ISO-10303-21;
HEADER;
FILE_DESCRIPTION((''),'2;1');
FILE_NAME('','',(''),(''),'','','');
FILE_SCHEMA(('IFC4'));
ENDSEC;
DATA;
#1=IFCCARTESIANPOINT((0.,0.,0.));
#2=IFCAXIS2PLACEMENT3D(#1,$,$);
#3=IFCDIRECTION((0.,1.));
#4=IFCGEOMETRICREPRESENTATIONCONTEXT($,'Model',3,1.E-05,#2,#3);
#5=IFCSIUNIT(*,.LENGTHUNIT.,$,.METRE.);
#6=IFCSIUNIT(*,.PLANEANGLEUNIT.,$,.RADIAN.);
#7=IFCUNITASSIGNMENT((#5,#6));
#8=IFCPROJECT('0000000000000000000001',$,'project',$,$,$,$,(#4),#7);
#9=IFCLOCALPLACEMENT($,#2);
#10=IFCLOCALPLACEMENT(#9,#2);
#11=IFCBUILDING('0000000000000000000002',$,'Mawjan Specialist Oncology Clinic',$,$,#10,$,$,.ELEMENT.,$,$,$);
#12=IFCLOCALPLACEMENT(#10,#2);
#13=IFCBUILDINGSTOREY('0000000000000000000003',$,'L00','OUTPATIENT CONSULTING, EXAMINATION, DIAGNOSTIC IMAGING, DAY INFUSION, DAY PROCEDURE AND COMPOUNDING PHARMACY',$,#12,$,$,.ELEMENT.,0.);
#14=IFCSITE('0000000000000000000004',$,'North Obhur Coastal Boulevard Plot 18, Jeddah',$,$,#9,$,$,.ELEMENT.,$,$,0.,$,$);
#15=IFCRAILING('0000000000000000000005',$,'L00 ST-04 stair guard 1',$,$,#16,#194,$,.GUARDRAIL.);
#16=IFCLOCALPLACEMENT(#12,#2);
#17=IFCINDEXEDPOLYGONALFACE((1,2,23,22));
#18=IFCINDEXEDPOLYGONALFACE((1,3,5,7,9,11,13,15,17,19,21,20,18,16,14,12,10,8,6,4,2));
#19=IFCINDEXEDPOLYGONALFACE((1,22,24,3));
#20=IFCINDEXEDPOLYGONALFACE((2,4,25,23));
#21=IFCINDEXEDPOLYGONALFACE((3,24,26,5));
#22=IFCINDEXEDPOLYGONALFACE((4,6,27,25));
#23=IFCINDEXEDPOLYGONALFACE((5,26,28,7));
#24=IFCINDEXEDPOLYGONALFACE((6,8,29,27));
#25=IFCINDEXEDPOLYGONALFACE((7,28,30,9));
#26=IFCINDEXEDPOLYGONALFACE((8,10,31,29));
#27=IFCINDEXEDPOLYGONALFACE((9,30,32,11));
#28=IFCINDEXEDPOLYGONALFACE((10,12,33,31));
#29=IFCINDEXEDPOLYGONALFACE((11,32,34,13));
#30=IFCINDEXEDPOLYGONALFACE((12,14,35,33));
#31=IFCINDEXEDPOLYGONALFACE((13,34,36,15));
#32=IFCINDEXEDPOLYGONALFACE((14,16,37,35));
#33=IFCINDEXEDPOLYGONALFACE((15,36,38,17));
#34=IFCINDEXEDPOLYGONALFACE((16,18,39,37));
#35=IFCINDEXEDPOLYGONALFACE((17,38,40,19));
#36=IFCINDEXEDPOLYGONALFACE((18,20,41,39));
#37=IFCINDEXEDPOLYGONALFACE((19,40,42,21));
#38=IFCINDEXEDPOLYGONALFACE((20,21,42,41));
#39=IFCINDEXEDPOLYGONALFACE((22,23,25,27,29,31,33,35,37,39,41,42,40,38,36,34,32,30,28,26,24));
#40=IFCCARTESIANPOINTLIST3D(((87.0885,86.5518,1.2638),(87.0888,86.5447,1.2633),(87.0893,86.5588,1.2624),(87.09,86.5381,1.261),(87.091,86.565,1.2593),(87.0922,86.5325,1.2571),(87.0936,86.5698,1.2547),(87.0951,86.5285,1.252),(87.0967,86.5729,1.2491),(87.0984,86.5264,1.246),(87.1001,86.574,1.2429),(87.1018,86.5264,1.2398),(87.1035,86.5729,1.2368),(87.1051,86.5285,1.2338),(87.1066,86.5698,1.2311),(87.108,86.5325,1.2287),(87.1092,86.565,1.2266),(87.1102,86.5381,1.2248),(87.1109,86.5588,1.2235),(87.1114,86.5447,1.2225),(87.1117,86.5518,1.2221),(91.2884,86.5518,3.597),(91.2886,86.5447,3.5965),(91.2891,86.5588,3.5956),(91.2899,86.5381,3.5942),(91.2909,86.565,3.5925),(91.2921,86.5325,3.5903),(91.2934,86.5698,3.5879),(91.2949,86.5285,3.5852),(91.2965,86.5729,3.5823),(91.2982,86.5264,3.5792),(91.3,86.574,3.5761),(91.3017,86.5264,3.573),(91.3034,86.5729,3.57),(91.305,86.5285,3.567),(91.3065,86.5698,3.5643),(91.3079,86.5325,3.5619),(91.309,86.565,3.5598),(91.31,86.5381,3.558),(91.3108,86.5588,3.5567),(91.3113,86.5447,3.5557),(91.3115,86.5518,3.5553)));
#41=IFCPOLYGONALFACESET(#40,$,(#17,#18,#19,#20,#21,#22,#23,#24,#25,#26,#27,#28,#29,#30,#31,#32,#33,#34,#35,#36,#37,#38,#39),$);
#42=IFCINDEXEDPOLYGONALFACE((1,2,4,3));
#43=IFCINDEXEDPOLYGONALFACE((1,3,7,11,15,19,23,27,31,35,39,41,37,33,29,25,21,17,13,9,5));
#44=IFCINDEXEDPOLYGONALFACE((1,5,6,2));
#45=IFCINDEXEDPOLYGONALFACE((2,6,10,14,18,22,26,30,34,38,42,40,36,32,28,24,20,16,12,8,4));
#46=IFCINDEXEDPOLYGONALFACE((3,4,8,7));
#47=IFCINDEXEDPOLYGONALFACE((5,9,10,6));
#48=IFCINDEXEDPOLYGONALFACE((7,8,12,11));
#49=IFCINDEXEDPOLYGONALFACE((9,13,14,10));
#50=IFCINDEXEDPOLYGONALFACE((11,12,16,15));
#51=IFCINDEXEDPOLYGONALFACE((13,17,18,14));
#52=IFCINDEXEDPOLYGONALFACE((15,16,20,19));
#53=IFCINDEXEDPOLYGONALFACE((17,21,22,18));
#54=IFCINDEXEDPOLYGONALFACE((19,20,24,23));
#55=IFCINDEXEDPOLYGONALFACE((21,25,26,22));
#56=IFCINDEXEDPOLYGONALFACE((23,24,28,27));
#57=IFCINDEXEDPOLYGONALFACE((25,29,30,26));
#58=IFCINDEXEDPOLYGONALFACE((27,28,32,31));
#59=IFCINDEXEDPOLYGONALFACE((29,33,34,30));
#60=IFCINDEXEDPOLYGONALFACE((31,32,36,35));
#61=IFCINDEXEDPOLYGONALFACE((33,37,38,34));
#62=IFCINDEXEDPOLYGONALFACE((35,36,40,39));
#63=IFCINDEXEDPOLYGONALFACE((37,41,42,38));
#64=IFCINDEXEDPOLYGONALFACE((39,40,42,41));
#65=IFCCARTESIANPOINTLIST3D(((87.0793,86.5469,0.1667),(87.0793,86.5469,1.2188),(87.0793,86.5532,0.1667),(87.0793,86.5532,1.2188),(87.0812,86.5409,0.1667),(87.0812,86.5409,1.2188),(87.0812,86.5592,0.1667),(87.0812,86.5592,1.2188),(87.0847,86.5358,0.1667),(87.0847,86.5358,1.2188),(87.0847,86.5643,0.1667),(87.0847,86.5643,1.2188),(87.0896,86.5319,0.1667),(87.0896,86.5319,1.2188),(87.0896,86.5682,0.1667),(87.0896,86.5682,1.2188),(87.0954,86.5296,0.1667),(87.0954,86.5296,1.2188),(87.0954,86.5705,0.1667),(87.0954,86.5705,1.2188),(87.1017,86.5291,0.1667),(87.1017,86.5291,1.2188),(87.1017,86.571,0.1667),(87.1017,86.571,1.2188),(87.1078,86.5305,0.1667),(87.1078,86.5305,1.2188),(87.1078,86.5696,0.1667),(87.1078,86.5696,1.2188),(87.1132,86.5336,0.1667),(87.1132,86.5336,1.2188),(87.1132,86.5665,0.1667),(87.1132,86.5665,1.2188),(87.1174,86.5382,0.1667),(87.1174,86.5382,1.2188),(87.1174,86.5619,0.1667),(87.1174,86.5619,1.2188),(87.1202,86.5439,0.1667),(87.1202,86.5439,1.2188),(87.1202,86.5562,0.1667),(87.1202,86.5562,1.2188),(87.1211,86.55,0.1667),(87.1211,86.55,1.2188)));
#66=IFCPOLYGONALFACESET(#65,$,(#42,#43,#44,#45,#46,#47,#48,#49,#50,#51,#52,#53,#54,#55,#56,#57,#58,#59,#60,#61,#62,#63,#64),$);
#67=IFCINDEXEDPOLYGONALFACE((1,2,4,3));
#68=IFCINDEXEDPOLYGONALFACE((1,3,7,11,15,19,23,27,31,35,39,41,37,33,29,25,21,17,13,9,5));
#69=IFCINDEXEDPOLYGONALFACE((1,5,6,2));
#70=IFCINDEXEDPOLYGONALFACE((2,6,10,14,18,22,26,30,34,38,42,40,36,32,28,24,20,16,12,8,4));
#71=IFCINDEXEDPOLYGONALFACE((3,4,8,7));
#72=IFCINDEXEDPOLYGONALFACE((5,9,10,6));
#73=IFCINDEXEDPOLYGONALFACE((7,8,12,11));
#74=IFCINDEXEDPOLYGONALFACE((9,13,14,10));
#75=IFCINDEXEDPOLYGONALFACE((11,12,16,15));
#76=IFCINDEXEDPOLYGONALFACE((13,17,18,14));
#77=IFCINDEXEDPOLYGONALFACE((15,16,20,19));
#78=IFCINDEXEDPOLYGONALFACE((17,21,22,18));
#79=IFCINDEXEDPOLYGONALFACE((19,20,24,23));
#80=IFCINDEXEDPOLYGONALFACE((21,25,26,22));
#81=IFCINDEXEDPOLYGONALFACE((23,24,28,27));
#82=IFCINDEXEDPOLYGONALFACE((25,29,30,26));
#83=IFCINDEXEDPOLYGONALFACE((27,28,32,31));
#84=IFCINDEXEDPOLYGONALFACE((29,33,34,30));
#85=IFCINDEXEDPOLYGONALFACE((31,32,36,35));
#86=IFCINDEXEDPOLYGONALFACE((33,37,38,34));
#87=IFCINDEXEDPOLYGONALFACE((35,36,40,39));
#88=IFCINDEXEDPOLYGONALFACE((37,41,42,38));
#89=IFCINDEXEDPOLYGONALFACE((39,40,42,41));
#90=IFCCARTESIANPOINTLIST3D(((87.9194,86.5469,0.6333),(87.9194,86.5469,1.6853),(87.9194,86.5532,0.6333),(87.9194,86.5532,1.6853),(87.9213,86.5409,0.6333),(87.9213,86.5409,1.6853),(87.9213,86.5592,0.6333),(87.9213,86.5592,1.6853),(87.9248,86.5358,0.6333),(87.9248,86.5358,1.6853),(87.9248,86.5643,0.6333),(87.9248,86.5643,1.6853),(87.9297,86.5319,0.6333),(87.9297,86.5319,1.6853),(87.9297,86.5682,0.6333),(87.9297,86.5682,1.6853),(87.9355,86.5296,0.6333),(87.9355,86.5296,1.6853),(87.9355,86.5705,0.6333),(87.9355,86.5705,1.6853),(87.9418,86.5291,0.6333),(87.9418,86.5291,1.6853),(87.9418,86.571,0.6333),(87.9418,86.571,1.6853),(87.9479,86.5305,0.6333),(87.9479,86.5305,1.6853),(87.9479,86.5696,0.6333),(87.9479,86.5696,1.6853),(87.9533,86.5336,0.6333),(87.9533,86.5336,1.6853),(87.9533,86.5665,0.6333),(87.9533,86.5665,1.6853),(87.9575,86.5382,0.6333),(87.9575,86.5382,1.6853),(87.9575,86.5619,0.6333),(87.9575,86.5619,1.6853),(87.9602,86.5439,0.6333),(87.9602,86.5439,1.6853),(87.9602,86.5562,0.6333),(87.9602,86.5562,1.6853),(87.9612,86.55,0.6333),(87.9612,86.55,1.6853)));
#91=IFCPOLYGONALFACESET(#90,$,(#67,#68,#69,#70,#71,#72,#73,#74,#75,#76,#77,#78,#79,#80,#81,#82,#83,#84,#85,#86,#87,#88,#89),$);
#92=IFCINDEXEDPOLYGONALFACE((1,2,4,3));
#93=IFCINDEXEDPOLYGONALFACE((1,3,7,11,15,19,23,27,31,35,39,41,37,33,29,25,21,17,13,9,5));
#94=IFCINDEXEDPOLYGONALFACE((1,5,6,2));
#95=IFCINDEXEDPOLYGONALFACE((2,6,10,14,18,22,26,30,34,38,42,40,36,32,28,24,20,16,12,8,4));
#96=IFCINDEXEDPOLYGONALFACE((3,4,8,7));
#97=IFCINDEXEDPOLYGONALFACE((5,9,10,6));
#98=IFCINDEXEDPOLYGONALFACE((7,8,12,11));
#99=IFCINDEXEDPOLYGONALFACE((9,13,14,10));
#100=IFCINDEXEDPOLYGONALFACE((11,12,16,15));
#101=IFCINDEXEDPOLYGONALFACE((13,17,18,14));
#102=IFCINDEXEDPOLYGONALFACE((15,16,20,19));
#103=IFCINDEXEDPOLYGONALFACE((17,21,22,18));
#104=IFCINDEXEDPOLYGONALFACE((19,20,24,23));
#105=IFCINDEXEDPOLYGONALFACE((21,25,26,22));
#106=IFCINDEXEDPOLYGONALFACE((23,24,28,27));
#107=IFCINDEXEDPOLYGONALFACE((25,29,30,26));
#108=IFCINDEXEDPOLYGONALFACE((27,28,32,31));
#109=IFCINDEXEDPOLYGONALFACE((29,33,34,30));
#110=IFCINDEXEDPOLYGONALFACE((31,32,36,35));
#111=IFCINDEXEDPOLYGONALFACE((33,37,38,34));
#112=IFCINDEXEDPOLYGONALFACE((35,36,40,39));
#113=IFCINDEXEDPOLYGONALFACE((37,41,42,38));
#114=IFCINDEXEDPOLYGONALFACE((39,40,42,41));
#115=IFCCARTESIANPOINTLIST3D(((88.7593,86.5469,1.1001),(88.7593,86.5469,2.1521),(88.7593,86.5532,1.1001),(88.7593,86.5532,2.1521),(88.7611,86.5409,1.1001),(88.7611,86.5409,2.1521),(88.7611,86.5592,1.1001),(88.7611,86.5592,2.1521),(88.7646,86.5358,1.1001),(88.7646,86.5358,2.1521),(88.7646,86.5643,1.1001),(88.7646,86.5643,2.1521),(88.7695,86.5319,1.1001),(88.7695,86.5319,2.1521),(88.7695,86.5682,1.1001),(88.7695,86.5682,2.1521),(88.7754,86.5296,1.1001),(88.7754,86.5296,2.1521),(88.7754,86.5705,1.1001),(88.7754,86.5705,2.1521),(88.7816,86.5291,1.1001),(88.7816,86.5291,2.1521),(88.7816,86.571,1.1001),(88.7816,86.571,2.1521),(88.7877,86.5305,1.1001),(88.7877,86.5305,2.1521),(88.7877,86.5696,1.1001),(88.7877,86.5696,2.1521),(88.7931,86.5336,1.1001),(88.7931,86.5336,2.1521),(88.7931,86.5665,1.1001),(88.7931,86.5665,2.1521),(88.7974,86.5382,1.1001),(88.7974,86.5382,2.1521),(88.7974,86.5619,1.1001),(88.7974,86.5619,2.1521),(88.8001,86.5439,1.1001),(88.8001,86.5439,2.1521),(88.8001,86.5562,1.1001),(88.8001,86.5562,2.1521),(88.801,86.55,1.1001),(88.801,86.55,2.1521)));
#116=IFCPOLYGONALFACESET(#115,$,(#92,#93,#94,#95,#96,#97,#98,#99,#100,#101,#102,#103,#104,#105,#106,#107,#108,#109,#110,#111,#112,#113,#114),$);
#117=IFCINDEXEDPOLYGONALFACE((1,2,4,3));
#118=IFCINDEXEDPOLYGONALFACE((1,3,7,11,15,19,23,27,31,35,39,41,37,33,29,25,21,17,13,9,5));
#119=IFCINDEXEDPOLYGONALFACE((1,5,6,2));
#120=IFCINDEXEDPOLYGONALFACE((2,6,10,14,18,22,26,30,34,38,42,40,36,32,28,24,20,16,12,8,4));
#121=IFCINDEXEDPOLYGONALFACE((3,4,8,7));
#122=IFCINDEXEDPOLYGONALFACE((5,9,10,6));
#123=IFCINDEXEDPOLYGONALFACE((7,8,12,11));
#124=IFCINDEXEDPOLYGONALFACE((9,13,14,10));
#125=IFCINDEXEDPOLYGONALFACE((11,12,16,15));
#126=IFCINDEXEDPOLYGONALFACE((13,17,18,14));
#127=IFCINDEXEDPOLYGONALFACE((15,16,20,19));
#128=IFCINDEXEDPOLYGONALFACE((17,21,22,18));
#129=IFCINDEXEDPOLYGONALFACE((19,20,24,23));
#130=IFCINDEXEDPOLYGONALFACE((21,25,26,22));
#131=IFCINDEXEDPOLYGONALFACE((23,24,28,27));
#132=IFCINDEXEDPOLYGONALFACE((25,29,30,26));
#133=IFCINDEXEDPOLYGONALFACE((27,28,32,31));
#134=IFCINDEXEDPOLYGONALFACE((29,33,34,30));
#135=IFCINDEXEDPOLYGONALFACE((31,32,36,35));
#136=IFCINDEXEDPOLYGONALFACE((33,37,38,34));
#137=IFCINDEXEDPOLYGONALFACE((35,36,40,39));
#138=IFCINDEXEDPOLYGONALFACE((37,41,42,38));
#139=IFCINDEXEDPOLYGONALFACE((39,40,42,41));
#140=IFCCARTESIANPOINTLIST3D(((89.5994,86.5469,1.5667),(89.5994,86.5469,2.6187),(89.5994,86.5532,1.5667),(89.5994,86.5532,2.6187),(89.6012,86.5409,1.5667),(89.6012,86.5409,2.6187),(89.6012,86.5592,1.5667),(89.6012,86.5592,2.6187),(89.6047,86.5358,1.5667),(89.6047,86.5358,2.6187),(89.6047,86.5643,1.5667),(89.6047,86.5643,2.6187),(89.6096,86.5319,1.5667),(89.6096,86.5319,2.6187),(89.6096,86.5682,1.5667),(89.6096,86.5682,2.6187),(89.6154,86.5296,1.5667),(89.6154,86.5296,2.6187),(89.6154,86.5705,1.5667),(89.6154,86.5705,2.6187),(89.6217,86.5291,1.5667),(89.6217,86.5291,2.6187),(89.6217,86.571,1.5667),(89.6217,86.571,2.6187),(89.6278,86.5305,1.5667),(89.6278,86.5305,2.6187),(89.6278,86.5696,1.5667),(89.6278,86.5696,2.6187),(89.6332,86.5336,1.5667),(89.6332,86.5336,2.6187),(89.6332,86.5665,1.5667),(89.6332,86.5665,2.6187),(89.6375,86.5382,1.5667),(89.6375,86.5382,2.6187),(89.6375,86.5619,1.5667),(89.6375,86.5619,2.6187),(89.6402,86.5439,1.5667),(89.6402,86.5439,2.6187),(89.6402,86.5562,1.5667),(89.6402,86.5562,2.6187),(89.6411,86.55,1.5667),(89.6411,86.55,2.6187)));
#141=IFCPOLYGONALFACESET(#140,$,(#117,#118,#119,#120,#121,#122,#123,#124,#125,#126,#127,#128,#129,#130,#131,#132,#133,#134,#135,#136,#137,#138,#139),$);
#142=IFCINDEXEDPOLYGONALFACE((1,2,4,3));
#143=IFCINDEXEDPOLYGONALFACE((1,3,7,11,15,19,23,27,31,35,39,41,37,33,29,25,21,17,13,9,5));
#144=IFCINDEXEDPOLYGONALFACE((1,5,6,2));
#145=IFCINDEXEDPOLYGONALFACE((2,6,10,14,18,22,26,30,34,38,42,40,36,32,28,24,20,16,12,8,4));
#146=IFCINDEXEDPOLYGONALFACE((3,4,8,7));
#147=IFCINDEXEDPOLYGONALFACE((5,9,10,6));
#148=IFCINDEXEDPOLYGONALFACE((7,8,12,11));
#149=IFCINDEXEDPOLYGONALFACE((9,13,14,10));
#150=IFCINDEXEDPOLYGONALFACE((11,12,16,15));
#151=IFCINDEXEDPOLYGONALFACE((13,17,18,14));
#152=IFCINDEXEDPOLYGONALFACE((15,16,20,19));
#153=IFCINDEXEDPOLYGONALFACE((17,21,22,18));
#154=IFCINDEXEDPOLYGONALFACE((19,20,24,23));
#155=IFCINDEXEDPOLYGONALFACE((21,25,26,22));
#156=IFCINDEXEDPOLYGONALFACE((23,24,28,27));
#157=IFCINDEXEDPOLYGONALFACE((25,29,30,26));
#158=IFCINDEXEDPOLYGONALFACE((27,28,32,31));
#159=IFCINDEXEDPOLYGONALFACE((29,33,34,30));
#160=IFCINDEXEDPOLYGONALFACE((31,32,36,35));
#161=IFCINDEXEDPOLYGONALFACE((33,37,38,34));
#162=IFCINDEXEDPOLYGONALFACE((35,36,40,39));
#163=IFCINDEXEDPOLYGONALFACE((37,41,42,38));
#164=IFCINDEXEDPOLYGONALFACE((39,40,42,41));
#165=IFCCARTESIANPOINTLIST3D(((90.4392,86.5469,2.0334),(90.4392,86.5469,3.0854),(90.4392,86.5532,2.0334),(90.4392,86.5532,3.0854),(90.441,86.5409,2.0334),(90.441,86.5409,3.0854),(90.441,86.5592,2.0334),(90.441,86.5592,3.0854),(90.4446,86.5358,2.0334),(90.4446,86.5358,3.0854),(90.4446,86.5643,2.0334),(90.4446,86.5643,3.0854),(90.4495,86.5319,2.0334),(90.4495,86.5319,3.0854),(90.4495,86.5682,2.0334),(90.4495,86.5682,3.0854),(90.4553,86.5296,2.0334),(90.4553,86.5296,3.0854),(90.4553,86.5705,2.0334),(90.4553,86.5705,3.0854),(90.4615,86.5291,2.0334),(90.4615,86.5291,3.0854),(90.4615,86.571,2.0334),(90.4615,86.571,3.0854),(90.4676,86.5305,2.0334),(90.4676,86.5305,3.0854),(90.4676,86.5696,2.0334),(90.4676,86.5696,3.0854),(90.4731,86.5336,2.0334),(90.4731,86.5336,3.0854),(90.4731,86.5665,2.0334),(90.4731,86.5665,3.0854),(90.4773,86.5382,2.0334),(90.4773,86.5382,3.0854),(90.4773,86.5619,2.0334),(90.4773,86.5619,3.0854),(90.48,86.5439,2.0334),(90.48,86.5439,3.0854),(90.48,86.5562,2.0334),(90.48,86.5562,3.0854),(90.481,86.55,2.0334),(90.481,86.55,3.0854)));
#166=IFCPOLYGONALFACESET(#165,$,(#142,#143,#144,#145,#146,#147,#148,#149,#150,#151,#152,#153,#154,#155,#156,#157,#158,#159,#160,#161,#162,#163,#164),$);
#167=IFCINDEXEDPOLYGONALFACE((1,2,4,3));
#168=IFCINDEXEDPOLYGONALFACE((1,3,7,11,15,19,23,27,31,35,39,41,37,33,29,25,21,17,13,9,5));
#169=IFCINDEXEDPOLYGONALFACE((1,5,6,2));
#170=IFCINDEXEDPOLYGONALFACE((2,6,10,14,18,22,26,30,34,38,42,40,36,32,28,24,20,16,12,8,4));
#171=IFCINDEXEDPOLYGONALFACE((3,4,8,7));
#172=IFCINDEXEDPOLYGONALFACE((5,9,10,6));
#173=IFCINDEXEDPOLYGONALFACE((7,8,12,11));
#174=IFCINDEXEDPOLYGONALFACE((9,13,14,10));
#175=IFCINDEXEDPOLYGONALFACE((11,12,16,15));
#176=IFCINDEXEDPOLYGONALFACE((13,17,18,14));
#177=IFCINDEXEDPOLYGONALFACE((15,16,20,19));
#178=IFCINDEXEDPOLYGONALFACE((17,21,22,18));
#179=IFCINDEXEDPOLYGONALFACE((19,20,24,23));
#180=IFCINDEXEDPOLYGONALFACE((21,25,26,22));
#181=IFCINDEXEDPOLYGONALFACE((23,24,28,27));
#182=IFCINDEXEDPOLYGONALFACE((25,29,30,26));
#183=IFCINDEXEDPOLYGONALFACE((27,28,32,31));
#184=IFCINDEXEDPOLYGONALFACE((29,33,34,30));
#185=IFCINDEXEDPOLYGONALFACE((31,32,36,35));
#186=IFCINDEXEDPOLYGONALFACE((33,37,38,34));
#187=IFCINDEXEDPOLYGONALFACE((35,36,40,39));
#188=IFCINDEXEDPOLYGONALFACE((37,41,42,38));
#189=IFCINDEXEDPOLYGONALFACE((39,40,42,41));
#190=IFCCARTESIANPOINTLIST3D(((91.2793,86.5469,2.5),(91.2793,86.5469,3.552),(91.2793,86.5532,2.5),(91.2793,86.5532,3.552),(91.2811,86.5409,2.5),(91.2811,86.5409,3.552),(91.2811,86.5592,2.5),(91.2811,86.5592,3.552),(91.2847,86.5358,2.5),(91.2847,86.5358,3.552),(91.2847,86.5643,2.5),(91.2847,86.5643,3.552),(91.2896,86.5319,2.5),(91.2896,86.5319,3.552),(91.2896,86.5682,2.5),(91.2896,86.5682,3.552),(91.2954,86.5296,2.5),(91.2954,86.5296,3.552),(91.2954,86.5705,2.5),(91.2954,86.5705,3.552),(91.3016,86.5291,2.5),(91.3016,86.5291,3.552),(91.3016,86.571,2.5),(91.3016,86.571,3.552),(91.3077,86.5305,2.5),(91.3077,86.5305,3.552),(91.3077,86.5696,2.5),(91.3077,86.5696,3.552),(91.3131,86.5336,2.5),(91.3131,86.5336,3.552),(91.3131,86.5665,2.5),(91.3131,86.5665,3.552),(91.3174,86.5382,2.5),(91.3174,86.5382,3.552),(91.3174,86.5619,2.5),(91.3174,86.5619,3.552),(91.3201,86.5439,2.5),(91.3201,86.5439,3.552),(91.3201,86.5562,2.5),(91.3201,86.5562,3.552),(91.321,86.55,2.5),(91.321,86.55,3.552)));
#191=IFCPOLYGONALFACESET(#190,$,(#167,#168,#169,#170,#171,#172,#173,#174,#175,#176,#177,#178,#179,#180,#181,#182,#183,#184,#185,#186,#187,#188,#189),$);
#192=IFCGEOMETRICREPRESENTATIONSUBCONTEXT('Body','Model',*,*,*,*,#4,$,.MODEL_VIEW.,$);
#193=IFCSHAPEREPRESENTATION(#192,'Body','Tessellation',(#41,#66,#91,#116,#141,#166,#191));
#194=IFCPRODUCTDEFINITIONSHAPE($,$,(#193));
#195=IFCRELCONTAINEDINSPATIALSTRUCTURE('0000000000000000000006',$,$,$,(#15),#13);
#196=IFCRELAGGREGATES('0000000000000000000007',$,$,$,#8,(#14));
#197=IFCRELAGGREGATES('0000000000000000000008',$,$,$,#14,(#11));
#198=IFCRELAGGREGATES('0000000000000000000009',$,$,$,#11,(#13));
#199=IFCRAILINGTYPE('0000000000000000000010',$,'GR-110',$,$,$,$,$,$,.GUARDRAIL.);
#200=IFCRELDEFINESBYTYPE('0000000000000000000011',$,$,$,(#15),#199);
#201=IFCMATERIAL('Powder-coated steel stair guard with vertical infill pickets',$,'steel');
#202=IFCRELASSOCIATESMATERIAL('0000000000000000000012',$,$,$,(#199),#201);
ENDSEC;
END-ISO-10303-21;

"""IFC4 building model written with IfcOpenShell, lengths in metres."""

from ifc_helpers import new_model, si_unit, direction, frame, origin, origin_2d, place, context, subcontext, project, spatial, circle, extrude, material, type_object, element, save


model = new_model("IFC4")

# Units and contexts
model_context = context("Model", 3, precision=1e-05, world=origin(), true_north=direction((0.0, 1.0)))
body_context = subcontext(model_context, "Body", "Model", "MODEL_VIEW")
ifc_project = project(units=[si_unit("LENGTHUNIT", "METRE"), si_unit("PLANEANGLEUNIT", "RADIAN")], contexts=[model_context])

# Site, building, storey
site_placement = place(None, origin())
site = spatial("IfcSite", under=ifc_project, at=site_placement, Name="North Obhur Coastal Boulevard Plot 18, Jeddah", CompositionType="ELEMENT", RefElevation=0.0)
building_placement = place(site_placement, origin())
building = spatial("IfcBuilding", under=site, at=building_placement, Name="Mawjan Specialist Oncology Clinic", CompositionType="ELEMENT")
storey_placement = place(building_placement, origin())
storey = spatial("IfcBuildingStorey", under=building, at=storey_placement, Name="L00", Description="OUTPATIENT CONSULTING, EXAMINATION, DIAGNOSTIC IMAGING, DAY INFUSION, DAY PROCEDURE AND COMPOUNDING PHARMACY", CompositionType="ELEMENT", Elevation=0.0)

# Railing
ifc_material_1 = material(Name="Powder-coated steel stair guard with vertical infill pickets", Category="steel")
railing_type_1 = type_object("IfcRailingType", Name="GR-110", PredefinedType="GUARDRAIL", material=ifc_material_1)
railing_1_placement = place(storey_placement, frame((87.1001, 86.55, 0.1667)))
element("IfcRailing", 1, at=railing_1_placement, inside=storey, type_object=railing_type_1, Name="L00 ST-04 stair guard 1", PredefinedType="GUARDRAIL", context=body_context, shape_type="SweptSolid", body=[
    extrude(circle(Radius=0.0239, at=origin_2d()), frame((0.0, 0.0, 1.0762), z_axis=(0.874162, 0.0, 0.485634), x_axis=(0.0, 1.0, 0.0)), (0.0, 0.0, 1.0), 4.8044),
    extrude(circle(Radius=0.021, at=origin_2d()), origin(), (0.0, 0.0, 1.0), 1.052),
    extrude(circle(Radius=0.021, at=origin_2d()), frame((0.8401, 0.0, 0.4666)), (0.0, 0.0, 1.0), 1.052),
    extrude(circle(Radius=0.021, at=origin_2d()), frame((1.6799, 0.0, 0.9333)), (0.0, 0.0, 1.0), 1.052),
    extrude(circle(Radius=0.021, at=origin_2d()), frame((2.52, 0.0, 1.3999)), (0.0, 0.0, 1.0), 1.052),
    extrude(circle(Radius=0.021, at=origin_2d()), frame((3.3599, 0.0, 1.8667)), (0.0, 0.0, 1.0), 1.052),
    extrude(circle(Radius=0.021, at=origin_2d()), frame((4.2, 0.0, 2.3333)), (0.0, 0.0, 1.0), 1.052),
])

save(model, "model.ifc")
